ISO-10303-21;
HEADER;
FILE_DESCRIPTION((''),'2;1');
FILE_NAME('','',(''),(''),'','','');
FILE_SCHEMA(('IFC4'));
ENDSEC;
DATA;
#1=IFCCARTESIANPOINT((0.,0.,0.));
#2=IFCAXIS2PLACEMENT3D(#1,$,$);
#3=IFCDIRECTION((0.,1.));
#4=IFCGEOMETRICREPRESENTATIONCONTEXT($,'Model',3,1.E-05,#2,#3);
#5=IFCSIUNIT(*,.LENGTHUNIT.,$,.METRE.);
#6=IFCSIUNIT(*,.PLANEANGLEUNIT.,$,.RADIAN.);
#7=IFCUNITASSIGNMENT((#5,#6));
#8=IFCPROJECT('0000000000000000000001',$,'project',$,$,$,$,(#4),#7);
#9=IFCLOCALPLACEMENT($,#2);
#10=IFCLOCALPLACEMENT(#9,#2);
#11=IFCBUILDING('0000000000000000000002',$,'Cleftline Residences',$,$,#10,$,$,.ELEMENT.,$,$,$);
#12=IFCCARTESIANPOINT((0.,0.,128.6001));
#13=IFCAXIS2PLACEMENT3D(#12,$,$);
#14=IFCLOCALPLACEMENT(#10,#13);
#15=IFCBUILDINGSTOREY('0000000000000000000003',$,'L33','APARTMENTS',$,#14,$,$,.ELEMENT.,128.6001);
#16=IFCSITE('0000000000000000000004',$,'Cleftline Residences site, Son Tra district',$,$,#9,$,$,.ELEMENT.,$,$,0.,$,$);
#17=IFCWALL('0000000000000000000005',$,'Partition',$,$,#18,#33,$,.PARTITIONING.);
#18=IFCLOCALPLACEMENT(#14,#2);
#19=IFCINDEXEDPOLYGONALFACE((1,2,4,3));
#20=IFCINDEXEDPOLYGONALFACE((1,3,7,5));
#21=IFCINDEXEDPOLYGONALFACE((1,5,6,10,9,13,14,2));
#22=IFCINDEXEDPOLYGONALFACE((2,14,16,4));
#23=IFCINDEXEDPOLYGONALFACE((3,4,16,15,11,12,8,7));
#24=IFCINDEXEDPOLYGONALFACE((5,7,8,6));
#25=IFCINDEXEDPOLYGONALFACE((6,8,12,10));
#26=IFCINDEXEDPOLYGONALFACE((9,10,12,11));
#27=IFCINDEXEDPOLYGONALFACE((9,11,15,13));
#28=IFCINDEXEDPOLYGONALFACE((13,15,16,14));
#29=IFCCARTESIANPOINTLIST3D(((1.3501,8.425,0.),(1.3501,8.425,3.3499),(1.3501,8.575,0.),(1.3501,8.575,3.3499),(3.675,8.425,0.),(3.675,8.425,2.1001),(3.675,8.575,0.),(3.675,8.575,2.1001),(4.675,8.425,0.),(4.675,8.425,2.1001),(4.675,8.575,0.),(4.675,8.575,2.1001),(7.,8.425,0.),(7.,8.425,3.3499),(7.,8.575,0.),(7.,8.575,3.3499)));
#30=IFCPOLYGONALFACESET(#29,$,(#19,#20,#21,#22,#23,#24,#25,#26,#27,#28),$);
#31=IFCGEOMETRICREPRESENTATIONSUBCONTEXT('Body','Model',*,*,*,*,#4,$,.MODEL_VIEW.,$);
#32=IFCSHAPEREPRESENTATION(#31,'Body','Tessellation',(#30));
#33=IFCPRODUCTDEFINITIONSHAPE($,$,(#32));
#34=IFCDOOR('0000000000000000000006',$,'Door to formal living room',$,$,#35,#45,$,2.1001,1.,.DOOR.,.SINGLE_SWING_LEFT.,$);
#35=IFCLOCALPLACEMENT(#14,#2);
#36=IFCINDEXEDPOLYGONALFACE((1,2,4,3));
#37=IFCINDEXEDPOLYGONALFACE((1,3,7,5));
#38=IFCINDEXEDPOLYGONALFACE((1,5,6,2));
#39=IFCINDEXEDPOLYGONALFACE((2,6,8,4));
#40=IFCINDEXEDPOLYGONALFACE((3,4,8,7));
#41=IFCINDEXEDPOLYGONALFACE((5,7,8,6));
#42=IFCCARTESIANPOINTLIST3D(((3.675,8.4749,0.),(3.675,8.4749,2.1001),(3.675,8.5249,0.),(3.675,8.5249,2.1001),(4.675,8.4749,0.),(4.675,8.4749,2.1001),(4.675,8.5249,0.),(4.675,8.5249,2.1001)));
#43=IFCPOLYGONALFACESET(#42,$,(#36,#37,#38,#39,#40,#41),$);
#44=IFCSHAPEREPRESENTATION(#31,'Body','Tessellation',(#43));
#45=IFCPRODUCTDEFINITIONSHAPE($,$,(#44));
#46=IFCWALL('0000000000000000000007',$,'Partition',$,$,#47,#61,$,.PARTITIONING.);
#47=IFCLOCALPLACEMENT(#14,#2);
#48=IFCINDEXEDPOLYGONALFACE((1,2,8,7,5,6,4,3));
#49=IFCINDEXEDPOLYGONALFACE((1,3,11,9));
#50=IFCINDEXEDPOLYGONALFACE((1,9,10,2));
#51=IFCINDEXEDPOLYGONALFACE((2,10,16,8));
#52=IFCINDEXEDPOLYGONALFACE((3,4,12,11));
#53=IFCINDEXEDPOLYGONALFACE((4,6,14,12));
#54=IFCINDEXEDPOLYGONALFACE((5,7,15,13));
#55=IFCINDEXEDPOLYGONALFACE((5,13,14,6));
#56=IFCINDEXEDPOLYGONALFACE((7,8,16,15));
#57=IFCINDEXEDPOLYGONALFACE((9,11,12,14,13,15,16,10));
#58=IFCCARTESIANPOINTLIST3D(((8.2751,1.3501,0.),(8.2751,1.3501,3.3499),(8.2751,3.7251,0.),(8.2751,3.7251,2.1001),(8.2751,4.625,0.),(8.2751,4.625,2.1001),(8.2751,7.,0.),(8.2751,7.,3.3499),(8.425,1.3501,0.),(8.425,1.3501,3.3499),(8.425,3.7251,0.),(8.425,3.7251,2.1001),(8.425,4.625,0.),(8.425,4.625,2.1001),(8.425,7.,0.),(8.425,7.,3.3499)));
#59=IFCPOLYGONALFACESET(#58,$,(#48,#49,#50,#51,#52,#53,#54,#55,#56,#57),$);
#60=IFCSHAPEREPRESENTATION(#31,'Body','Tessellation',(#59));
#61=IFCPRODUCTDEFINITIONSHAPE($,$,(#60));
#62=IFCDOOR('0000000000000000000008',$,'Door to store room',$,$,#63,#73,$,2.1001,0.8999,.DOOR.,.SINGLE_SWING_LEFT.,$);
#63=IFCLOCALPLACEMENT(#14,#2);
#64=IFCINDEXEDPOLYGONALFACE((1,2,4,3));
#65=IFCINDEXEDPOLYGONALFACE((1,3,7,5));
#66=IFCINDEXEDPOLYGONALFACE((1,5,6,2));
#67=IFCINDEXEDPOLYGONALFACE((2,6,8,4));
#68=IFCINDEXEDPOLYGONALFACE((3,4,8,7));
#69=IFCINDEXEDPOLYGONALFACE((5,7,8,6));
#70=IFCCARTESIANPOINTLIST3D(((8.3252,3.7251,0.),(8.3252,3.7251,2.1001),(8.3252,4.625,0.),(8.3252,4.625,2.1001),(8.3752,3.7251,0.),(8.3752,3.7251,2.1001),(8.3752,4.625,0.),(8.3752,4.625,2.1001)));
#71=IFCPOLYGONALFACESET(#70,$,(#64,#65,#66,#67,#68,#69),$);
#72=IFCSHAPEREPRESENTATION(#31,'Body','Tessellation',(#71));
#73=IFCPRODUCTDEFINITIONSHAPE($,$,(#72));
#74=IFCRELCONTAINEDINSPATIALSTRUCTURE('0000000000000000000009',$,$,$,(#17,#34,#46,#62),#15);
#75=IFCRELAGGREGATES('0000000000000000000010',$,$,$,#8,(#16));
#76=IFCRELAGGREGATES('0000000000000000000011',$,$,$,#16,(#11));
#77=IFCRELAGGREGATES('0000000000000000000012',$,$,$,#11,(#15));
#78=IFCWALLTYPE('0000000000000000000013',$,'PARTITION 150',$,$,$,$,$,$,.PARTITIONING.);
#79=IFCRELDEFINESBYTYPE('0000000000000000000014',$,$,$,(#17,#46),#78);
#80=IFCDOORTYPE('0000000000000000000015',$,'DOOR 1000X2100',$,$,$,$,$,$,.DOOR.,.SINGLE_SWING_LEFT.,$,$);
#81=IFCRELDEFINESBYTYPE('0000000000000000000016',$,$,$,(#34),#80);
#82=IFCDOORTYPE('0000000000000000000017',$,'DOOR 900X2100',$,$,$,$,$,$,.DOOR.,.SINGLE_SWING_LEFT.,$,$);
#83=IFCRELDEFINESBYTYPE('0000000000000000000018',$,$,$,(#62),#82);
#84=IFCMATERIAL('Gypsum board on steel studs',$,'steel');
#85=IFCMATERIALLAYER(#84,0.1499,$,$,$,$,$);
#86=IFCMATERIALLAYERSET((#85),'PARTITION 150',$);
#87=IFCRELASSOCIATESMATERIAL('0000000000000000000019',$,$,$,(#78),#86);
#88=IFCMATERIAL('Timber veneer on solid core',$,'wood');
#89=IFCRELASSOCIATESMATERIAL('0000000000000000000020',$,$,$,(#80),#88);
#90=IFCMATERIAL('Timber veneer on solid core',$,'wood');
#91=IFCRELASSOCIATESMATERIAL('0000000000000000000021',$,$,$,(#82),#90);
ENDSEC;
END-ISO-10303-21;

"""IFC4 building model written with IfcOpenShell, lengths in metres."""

from ifc_helpers import new_model, si_unit, direction, frame, frame_2d, origin, place, context, subcontext, project, spatial, rectangle, extrude, material, layer, layer_set, type_object, element, fill, save


model = new_model("IFC4")

# Units and contexts
model_context = context("Model", 3, precision=1e-05, world=origin(), true_north=direction((0.0, 1.0)))
body_context = subcontext(model_context, "Body", "Model", "MODEL_VIEW")
ifc_project = project(units=[si_unit("LENGTHUNIT", "METRE"), si_unit("PLANEANGLEUNIT", "RADIAN")], contexts=[model_context])

# Site, building, storey
site_placement = place(None, origin())
site = spatial("IfcSite", under=ifc_project, at=site_placement, Name="Cleftline Residences site, Son Tra district", CompositionType="ELEMENT", RefElevation=0.0)
building_placement = place(site_placement, origin())
building = spatial("IfcBuilding", under=site, at=building_placement, Name="Cleftline Residences", CompositionType="ELEMENT")
storey_placement = place(building_placement, frame((0.0, 0.0, 128.6001)))
storey = spatial("IfcBuildingStorey", under=building, at=storey_placement, Name="L33", Description="APARTMENTS", CompositionType="ELEMENT", Elevation=128.6001)

# Walls, openings, doors
ifc_material_1 = material(Name="Gypsum board on steel studs", Category="steel")
ifc_layer_1 = layer(ifc_material_1, 0.1499)
ifc_layer_set_1 = layer_set([ifc_layer_1], Name="PARTITION 150")
wall_type_1 = type_object("IfcWallType", Name="PARTITION 150", PredefinedType="PARTITIONING", material=ifc_layer_set_1)
wall_1_placement = place(storey_placement, frame((1.3501, 8.5, 0.0), z_axis=(0.0, 0.0, 1.0), x_axis=(1.0, 0.0, 0.0)))
wall_1 = element("IfcWall", 1, at=wall_1_placement, inside=storey, type_object=wall_type_1, Name="Partition", PredefinedType="PARTITIONING", context=body_context, shape_type="SweptSolid", body=[
    extrude(rectangle(XDim=5.6499, YDim=0.1499, at=frame_2d((2.825, 0.0))), origin(), (0.0, 0.0, 1.0), 3.3499),
])
opening_1_placement = place(wall_1_placement, frame((2.325, 0.0, 0.0)))
opening_1 = element("IfcOpeningElement", 2, at=opening_1_placement, cuts=wall_1, PredefinedType="OPENING", context=body_context, shape_type="SweptSolid", body=[
    extrude(rectangle(XDim=1.0, YDim=2.1001, at=frame_2d((0.5, 1.05))), frame((0.0, 0.085, 0.0), z_axis=(0.0, -1.0, 0.0), x_axis=(1.0, 0.0, 0.0)), (0.0, 0.0, 1.0), 0.1699),
])
ifc_material_2 = material(Name="Timber veneer on solid core", Category="wood")
door_type_1 = type_object("IfcDoorType", Name="DOOR 1000X2100", OperationType="SINGLE_SWING_LEFT", PredefinedType="DOOR", material=ifc_material_2)
door_1_placement = place(opening_1_placement, origin())
door_1 = element("IfcDoor", 3, at=door_1_placement, inside=storey, type_object=door_type_1, Name="Door to formal living room", OperationType="SINGLE_SWING_LEFT", OverallHeight=2.1001, OverallWidth=1.0, PredefinedType="DOOR", context=body_context, shape_type="SweptSolid", body=[
    extrude(rectangle(XDim=1.0, YDim=2.1001, at=frame_2d((0.5, 1.05))), frame((0.0, 0.0249, 0.0), z_axis=(0.0, -1.0, 0.0), x_axis=(1.0, 0.0, 0.0)), (0.0, 0.0, 1.0), 0.05),
])
fill(opening_1, door_1)
wall_2_placement = place(storey_placement, frame((8.3501, 1.3501, 0.0), z_axis=(0.0, 0.0, 1.0), x_axis=(0.0, 1.0, 0.0)))
wall_2 = element("IfcWall", 4, at=wall_2_placement, inside=storey, type_object=wall_type_1, Name="Partition", PredefinedType="PARTITIONING", context=body_context, shape_type="SweptSolid", body=[
    extrude(rectangle(XDim=5.6499, YDim=0.1499, at=frame_2d((2.825, 0.0))), origin(), (0.0, 0.0, 1.0), 3.3499),
])
opening_2_placement = place(wall_2_placement, frame((2.375, 0.0, 0.0)))
opening_2 = element("IfcOpeningElement", 5, at=opening_2_placement, cuts=wall_2, PredefinedType="OPENING", context=body_context, shape_type="SweptSolid", body=[
    extrude(rectangle(XDim=0.8999, YDim=2.1001, at=frame_2d((0.45, 1.05))), frame((0.0, 0.085, 0.0), z_axis=(0.0, -1.0, 0.0), x_axis=(1.0, 0.0, 0.0)), (0.0, 0.0, 1.0), 0.1699),
])
ifc_material_3 = material(Name="Timber veneer on solid core", Category="wood")
door_type_2 = type_object("IfcDoorType", Name="DOOR 900X2100", OperationType="SINGLE_SWING_LEFT", PredefinedType="DOOR", material=ifc_material_3)
door_2_placement = place(opening_2_placement, origin())
door_2 = element("IfcDoor", 6, at=door_2_placement, inside=storey, type_object=door_type_2, Name="Door to store room", OperationType="SINGLE_SWING_LEFT", OverallHeight=2.1001, OverallWidth=0.8999, PredefinedType="DOOR", context=body_context, shape_type="SweptSolid", body=[
    extrude(rectangle(XDim=0.8999, YDim=2.1001, at=frame_2d((0.45, 1.05))), frame((0.0, 0.0249, 0.0), z_axis=(0.0, -1.0, 0.0), x_axis=(1.0, 0.0, 0.0)), (0.0, 0.0, 1.0), 0.05),
])
fill(opening_2, door_2)

save(model, "model.ifc")
